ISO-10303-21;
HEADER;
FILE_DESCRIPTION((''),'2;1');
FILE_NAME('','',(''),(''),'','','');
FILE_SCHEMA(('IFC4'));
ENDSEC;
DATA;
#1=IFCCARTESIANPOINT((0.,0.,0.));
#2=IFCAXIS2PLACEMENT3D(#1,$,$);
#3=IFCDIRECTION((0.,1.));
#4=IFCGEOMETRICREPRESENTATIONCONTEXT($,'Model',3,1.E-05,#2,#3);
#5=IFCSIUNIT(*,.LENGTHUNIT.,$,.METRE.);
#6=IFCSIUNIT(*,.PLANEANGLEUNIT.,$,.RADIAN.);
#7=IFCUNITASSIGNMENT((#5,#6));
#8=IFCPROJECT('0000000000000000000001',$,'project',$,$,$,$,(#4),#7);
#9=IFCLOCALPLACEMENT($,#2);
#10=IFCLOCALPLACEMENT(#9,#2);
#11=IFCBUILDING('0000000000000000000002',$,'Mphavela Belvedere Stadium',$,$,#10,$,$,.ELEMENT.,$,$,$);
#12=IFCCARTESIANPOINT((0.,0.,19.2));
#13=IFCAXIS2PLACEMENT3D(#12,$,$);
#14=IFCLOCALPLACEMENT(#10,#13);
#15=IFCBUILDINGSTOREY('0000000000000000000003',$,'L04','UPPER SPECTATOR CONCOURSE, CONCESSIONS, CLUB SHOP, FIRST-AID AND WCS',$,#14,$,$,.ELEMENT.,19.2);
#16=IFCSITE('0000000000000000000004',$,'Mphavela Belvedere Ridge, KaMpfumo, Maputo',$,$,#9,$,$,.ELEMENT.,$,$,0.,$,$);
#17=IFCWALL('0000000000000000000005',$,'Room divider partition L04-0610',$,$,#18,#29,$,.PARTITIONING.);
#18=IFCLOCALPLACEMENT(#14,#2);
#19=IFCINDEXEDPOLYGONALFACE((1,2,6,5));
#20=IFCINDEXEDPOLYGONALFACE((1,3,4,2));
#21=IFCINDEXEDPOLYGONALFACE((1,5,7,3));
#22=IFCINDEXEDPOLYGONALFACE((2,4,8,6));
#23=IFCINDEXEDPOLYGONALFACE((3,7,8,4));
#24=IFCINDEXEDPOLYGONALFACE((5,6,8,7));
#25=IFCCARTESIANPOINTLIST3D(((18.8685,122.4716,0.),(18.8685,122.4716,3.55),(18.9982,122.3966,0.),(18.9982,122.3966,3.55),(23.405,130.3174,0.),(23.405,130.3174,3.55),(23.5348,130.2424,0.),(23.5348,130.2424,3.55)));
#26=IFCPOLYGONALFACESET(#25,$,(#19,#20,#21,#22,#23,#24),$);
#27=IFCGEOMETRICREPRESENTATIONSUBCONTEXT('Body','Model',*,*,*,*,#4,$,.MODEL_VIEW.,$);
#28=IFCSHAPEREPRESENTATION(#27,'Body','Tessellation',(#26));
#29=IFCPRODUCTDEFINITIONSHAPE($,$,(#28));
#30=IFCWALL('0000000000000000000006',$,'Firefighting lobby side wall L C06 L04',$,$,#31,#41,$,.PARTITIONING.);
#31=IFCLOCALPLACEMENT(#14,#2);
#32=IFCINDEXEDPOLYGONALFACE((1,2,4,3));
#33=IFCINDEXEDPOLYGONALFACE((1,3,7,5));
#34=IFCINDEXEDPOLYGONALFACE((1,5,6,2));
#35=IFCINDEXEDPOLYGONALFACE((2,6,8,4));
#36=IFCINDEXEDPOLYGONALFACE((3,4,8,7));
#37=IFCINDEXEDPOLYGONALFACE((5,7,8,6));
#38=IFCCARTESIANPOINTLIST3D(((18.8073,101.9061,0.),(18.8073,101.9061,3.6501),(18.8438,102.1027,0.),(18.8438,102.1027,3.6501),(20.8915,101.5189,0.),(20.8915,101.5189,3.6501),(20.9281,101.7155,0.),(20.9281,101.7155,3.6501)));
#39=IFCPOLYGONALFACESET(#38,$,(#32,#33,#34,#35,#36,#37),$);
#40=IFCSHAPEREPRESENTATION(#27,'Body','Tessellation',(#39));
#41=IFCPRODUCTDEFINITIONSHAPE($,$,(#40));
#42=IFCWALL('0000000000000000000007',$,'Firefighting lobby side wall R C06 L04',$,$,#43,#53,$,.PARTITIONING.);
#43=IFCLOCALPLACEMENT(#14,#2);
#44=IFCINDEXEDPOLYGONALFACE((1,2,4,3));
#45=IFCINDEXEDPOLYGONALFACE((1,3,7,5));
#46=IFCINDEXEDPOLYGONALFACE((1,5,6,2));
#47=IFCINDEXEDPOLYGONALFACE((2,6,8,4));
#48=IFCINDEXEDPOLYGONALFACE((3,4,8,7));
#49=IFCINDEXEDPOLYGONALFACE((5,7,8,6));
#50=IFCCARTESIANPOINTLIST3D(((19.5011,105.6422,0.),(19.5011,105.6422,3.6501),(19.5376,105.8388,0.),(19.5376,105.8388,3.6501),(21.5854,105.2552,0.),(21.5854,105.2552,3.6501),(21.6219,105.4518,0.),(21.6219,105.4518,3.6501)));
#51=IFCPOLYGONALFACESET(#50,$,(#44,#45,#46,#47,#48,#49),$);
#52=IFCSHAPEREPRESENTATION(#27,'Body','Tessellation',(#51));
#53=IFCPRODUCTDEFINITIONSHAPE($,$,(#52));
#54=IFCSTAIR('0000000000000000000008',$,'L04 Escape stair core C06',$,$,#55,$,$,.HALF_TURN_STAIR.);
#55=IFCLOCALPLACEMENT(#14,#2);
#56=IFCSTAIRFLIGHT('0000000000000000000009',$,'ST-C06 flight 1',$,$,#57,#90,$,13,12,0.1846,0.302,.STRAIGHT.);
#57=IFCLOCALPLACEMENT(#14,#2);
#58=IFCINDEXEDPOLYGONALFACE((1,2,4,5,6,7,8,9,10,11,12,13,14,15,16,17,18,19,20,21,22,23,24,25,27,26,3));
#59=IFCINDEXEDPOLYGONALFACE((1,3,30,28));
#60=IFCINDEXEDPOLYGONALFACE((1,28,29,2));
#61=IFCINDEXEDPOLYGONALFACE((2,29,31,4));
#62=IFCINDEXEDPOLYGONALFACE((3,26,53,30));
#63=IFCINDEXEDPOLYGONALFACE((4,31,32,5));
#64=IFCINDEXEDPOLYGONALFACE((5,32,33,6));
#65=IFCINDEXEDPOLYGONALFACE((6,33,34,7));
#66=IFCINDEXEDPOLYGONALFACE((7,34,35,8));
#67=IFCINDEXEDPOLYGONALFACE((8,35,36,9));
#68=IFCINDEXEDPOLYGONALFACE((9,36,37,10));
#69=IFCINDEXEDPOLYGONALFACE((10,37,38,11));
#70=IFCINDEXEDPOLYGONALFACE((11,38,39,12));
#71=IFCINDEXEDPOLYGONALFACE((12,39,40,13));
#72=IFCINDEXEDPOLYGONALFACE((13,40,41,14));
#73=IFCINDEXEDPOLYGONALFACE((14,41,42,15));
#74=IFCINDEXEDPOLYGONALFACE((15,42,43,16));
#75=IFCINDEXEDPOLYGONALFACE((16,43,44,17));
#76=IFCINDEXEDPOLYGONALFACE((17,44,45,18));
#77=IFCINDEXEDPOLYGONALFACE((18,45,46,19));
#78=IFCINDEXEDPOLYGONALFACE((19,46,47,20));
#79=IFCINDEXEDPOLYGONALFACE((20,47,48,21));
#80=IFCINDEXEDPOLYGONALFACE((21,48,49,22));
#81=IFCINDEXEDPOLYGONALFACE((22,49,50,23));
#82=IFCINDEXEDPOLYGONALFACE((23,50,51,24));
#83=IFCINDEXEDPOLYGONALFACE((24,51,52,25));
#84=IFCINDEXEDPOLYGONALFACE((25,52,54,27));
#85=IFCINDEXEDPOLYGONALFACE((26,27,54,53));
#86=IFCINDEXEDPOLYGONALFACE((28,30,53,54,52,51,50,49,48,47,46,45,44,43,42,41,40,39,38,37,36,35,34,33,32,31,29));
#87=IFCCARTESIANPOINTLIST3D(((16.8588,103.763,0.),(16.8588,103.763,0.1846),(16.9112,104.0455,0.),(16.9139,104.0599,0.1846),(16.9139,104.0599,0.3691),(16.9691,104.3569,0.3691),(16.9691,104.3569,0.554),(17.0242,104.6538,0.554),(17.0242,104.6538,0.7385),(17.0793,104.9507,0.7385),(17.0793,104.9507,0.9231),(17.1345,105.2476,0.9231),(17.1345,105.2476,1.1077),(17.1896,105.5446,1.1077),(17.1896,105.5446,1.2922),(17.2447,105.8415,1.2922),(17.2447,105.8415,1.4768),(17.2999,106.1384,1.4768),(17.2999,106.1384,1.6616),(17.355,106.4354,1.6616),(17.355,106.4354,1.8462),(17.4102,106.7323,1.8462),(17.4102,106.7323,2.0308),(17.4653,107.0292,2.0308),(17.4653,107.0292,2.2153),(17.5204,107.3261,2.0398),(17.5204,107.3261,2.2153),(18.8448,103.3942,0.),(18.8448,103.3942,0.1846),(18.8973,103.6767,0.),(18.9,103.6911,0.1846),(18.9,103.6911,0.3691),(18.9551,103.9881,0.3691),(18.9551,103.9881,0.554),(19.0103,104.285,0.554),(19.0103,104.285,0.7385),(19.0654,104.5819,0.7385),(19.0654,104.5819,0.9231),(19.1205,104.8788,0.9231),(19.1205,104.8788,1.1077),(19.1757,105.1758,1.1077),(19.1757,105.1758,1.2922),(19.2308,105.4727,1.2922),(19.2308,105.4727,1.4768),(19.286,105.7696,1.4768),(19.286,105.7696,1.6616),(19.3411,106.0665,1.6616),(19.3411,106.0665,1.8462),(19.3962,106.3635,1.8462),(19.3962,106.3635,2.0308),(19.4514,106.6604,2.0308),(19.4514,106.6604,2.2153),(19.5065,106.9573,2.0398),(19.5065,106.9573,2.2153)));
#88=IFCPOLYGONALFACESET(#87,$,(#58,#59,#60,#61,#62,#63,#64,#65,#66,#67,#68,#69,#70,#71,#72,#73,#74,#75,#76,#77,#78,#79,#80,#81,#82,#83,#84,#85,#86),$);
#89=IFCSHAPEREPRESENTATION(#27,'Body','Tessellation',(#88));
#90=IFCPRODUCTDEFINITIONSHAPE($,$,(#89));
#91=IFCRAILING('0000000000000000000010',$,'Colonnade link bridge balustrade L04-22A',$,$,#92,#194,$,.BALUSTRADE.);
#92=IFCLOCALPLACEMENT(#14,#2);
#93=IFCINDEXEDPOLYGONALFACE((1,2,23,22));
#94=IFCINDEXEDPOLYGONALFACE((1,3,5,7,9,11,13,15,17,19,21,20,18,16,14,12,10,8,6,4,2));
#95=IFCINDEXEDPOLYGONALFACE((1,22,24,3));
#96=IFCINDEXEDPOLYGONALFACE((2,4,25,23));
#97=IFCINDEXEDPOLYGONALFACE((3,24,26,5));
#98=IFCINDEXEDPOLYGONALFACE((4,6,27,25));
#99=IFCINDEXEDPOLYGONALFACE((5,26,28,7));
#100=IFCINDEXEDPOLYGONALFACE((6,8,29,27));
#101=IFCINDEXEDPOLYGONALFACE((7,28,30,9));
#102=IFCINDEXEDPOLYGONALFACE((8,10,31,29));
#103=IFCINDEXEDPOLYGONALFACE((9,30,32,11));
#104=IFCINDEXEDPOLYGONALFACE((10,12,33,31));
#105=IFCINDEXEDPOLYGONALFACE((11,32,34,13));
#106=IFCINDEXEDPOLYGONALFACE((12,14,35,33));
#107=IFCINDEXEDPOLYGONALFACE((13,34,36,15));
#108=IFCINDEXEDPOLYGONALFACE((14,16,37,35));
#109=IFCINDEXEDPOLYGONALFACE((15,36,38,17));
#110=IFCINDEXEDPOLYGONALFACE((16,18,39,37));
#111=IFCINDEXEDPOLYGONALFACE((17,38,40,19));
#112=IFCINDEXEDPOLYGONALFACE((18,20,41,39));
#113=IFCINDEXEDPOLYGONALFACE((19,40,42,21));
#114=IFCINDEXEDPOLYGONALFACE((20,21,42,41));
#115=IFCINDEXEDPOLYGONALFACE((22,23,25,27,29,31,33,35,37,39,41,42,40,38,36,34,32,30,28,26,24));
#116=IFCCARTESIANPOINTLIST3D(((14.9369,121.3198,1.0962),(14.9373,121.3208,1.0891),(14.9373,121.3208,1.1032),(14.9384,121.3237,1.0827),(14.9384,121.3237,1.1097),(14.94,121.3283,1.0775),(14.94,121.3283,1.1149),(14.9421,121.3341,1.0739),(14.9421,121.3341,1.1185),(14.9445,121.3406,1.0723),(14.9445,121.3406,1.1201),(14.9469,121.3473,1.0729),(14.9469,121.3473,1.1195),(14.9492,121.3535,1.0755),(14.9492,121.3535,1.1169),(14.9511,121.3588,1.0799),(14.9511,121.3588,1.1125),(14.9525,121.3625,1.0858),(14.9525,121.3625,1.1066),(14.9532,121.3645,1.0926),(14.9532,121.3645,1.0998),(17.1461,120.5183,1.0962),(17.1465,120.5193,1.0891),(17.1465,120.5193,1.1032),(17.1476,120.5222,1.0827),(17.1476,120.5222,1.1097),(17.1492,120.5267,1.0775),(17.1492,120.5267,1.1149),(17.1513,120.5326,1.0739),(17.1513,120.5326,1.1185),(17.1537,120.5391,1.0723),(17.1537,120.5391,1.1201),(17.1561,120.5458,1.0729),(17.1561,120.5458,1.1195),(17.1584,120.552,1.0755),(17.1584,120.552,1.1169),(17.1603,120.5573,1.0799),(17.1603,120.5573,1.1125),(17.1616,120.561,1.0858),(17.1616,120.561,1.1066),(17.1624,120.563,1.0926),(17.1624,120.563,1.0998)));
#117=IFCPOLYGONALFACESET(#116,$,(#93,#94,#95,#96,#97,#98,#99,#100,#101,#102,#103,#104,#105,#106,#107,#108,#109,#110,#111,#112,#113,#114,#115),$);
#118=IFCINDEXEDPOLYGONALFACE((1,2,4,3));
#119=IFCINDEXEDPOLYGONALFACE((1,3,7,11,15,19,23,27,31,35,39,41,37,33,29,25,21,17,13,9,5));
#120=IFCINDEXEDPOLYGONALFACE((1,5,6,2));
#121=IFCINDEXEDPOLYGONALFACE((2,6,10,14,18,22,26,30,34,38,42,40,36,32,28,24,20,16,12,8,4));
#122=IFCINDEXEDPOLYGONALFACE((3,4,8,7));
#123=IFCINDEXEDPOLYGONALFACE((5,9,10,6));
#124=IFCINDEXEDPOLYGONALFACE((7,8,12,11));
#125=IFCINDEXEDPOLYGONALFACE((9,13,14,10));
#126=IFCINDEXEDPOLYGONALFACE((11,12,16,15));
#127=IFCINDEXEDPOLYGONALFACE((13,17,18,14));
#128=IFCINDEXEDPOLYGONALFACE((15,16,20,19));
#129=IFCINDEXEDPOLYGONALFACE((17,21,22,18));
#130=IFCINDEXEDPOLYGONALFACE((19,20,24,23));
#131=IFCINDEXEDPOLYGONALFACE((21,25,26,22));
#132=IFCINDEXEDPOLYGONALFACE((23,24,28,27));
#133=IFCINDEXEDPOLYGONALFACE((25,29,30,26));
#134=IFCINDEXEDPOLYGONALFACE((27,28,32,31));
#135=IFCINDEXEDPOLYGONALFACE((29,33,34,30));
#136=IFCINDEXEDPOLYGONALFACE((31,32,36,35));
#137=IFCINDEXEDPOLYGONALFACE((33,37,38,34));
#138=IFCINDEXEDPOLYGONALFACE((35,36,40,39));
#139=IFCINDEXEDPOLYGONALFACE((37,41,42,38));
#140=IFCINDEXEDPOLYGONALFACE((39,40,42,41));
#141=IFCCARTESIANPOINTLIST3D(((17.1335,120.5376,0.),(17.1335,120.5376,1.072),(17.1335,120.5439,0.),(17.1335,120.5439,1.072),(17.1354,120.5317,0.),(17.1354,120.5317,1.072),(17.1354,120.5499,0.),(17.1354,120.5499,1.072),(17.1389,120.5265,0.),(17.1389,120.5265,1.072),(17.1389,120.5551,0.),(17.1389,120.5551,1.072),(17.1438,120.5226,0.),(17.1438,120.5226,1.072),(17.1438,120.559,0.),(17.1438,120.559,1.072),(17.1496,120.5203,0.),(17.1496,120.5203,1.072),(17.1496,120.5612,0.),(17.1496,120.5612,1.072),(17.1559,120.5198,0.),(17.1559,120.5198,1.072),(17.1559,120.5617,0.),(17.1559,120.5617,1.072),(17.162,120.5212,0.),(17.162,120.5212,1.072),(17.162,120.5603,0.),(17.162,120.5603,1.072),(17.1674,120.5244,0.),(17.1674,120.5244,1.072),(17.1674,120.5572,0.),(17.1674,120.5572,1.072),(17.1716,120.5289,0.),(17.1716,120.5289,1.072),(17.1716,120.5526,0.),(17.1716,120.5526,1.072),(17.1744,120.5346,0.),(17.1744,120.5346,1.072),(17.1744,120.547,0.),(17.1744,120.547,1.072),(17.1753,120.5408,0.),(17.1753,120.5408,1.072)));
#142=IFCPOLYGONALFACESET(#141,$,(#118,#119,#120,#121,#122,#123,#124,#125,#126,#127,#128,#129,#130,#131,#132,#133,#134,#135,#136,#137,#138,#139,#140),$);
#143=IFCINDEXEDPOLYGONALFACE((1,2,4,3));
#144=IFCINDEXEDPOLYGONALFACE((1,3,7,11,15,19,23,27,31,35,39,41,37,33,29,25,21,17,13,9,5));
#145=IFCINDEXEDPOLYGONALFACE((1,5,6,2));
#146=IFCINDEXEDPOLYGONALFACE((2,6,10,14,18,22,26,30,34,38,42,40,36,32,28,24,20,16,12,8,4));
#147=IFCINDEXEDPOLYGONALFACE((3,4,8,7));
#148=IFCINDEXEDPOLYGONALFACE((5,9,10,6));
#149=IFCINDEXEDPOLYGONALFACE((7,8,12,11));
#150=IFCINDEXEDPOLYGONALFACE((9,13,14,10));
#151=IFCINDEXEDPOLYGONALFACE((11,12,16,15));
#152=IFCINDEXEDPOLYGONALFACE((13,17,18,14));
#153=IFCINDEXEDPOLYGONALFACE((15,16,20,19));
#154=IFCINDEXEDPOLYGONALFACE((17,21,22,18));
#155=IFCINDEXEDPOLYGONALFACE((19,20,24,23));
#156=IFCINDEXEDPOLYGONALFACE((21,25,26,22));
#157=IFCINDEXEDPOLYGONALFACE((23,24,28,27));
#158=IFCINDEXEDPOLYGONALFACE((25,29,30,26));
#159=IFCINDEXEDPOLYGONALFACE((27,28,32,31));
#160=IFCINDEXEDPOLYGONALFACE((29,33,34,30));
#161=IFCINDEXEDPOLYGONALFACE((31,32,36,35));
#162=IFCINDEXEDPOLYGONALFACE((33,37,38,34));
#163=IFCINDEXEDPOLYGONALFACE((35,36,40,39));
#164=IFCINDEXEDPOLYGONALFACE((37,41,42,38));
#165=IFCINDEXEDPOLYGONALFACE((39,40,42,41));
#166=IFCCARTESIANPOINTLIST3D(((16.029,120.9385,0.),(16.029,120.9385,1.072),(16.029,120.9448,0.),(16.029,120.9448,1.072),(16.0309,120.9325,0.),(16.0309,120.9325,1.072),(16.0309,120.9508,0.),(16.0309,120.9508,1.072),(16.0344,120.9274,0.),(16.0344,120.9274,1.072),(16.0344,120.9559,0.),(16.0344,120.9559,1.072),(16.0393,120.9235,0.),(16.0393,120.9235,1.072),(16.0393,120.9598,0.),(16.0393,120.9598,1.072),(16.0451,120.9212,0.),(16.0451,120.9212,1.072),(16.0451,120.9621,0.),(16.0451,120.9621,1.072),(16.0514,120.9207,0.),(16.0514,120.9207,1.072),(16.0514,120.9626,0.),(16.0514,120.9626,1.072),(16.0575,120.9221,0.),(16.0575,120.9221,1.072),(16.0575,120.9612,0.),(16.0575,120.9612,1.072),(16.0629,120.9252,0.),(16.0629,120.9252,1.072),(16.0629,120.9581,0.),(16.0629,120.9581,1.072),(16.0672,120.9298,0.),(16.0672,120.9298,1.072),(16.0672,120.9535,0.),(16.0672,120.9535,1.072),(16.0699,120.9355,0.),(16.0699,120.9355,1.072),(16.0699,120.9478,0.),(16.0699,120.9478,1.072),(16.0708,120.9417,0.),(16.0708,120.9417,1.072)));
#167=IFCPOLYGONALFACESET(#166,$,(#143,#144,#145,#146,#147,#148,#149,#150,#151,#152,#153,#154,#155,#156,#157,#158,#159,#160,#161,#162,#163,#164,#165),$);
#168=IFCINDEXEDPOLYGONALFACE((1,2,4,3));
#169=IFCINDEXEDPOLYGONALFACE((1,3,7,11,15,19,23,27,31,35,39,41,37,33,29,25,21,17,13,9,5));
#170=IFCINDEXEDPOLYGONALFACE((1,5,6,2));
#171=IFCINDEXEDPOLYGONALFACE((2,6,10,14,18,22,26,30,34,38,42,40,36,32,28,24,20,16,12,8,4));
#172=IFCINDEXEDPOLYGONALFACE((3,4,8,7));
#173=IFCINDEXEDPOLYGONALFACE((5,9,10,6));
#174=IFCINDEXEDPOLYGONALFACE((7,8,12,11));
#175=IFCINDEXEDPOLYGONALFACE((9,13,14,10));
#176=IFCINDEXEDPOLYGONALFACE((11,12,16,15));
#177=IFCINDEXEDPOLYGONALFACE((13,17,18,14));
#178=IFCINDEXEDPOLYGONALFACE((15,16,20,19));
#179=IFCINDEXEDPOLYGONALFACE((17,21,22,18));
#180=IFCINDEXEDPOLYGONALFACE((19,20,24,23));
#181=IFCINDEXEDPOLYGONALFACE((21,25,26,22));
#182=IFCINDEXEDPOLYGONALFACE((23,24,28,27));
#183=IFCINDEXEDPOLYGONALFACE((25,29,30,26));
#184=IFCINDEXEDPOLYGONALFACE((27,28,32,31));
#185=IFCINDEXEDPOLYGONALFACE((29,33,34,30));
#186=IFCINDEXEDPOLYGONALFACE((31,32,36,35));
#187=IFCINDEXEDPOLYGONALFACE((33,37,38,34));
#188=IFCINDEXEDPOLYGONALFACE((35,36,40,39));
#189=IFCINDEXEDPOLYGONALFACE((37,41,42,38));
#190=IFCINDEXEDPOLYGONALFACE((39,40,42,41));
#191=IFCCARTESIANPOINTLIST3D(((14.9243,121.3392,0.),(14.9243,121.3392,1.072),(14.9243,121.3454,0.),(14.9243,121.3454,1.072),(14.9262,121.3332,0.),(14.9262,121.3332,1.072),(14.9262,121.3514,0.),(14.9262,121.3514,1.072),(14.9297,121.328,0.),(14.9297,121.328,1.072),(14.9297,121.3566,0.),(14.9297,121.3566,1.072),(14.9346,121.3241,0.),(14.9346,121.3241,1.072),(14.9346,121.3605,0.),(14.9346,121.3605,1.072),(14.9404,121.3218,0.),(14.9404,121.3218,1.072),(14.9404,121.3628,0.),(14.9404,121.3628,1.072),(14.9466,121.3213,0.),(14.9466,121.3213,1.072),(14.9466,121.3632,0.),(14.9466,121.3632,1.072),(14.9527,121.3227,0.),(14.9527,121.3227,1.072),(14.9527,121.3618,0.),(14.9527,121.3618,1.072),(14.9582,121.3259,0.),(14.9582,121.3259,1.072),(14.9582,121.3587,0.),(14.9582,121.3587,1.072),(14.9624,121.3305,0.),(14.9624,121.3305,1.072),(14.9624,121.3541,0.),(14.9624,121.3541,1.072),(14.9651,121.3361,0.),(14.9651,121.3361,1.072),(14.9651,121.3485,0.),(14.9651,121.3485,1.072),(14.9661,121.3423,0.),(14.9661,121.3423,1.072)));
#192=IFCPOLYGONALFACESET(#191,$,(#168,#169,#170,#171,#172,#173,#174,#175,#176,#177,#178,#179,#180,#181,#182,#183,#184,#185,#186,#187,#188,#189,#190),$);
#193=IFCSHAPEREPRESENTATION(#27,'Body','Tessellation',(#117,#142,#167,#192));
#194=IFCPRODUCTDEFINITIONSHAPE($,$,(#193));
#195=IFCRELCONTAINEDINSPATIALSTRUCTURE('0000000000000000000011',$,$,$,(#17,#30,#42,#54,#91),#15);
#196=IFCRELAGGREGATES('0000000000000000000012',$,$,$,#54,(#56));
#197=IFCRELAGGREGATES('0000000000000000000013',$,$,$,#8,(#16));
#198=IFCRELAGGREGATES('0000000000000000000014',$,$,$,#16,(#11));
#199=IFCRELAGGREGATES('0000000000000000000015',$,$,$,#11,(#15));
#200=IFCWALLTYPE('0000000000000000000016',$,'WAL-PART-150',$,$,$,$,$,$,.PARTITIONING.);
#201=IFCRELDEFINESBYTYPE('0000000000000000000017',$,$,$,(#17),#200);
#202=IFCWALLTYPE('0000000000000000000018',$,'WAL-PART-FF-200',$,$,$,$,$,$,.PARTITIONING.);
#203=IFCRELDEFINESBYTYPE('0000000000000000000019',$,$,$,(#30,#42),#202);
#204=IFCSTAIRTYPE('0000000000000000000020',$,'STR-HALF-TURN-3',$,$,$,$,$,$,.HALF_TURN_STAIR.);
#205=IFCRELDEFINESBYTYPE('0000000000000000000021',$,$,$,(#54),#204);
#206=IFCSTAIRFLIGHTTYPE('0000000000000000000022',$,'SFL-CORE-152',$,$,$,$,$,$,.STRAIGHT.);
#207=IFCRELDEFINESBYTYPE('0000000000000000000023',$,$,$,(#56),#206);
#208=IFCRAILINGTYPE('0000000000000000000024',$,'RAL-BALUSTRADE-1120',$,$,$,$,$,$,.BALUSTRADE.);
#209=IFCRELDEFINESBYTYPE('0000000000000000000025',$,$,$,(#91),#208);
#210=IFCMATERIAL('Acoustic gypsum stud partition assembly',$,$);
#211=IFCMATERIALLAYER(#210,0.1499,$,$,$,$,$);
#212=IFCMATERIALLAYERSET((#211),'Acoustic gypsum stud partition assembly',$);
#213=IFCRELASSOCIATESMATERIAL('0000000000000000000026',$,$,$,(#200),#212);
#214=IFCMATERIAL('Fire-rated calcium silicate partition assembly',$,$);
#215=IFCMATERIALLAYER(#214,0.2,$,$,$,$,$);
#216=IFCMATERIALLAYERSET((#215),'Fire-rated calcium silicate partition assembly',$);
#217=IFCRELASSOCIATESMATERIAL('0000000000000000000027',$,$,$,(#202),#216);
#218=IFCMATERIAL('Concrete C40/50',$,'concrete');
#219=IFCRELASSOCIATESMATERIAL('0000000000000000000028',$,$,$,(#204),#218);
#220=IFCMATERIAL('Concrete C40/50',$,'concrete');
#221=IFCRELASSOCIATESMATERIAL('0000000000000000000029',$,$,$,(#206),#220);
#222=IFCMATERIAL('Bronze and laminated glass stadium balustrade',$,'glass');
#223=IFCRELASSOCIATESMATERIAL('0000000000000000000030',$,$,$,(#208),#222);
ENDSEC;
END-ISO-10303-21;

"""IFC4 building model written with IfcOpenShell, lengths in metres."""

from ifc_helpers import new_model, si_unit, direction, frame, frame_2d, origin, origin_2d, place, context, subcontext, project, spatial, polyline, rectangle, circle, outline, extrude, material, layer, layer_set, type_object, element, aggregate, save


model = new_model("IFC4")

# Units and contexts
model_context = context("Model", 3, precision=1e-05, world=origin(), true_north=direction((0.0, 1.0)))
body_context = subcontext(model_context, "Body", "Model", "MODEL_VIEW")
ifc_project = project(units=[si_unit("LENGTHUNIT", "METRE"), si_unit("PLANEANGLEUNIT", "RADIAN")], contexts=[model_context])

# Site, building, storey
site_placement = place(None, origin())
site = spatial("IfcSite", under=ifc_project, at=site_placement, Name="Mphavela Belvedere Ridge, KaMpfumo, Maputo", CompositionType="ELEMENT", RefElevation=0.0)
building_placement = place(site_placement, origin())
building = spatial("IfcBuilding", under=site, at=building_placement, Name="Mphavela Belvedere Stadium", CompositionType="ELEMENT")
storey_placement = place(building_placement, frame((0.0, 0.0, 19.2)))
storey = spatial("IfcBuildingStorey", under=building, at=storey_placement, Name="L04", Description="UPPER SPECTATOR CONCOURSE, CONCESSIONS, CLUB SHOP, FIRST-AID AND WCS", CompositionType="ELEMENT", Elevation=19.2)

# Shared definitions
ifc_material_1 = material(Name="Acoustic gypsum stud partition assembly")
ifc_layer_1 = layer(ifc_material_1, 0.1499)
ifc_layer_set_1 = layer_set([ifc_layer_1], Name="Acoustic gypsum stud partition assembly")
wall_type_1 = type_object("IfcWallType", Name="WAL-PART-150", PredefinedType="PARTITIONING", material=ifc_layer_set_1)

# Walls
wall_1_placement = place(storey_placement, frame((18.9333, 122.4341, 0.0), z_axis=(0.0, 0.0, 1.0), x_axis=(0.500559, 0.865702, 0.0)))
element("IfcWall", 1, at=wall_1_placement, inside=storey, type_object=wall_type_1, Name="Room divider partition L04-0610", PredefinedType="PARTITIONING", context=body_context, shape_type="SweptSolid", body=[
    extrude(rectangle(XDim=9.063, YDim=0.1499, at=frame_2d((4.5315, 0.0))), origin(), (0.0, 0.0, 1.0), 3.55),
])
ifc_material_2 = material(Name="Fire-rated calcium silicate partition assembly")
ifc_layer_2 = layer(ifc_material_2, 0.2)
ifc_layer_set_2 = layer_set([ifc_layer_2], Name="Fire-rated calcium silicate partition assembly")
wall_type_2 = type_object("IfcWallType", Name="WAL-PART-FF-200", PredefinedType="PARTITIONING", material=ifc_layer_set_2)
for number, where, z_axis, x_axis, name in (
    (2, (20.9099, 101.6172, 0.0), (0.0, 0.0, 1.0), (-0.983177, 0.182654, 0.0), "Firefighting lobby side wall L C06 L04"),
    (3, (21.6038, 105.3535, 0.0), (0.0, 0.0, 1.0), (-0.983198, 0.182543, 0.0), "Firefighting lobby side wall R C06 L04"),
):
    element("IfcWall", number, at=place(storey_placement, frame(where, z_axis=z_axis, x_axis=x_axis)), inside=storey, type_object=wall_type_2, Name=name, PredefinedType="PARTITIONING", context=body_context, shape_type="SweptSolid", body=[
        extrude(rectangle(XDim=2.1199, YDim=0.2, at=frame_2d((1.0601, 0.0))), origin(), (0.0, 0.0, 1.0), 3.6501),
    ])

# Stair, stair flight
ifc_material_3 = material(Name="Concrete C40/50", Category="concrete")
stair_type = type_object("IfcStairType", Name="STR-HALF-TURN-3", PredefinedType="HALF_TURN_STAIR", material=ifc_material_3)
stair_placement = place(storey_placement, origin())
stair = element("IfcStair", 4, at=stair_placement, inside=storey, type_object=stair_type, Name="L04 Escape stair core C06", PredefinedType="HALF_TURN_STAIR")
ifc_material_4 = material(Name="Concrete C40/50", Category="concrete")
stair_flight_type = type_object("IfcStairFlightType", Name="SFL-CORE-152", PredefinedType="STRAIGHT", material=ifc_material_4)
stair_flight_placement = place(storey_placement, frame((17.8518, 103.5786, 0.0), z_axis=(0.0, 0.0, 1.0), x_axis=(0.182579, 0.983191, 0.0)))
stair_flight = element("IfcStairFlight", 5, at=stair_flight_placement, type_object=stair_flight_type, Name="ST-C06 flight 1", NumberOfRisers=13, NumberOfTreads=12, PredefinedType="STRAIGHT", RiserHeight=0.1846, TreadLength=0.302, context=body_context, shape_type="SweptSolid", body=[
    extrude(outline(polyline([(0.0, 0.0), (0.0, 0.1846), (0.302, 0.1846), (0.302, 0.3691), (0.604, 0.3691), (0.604, 0.554), (0.906, 0.554), (0.906, 0.7385), (1.208, 0.7385), (1.208, 0.9231), (1.51, 0.9231), (1.51, 1.1077), (1.812, 1.1077), (1.812, 1.2922), (2.114, 1.2922), (2.114, 1.4768), (2.416, 1.4768), (2.416, 1.6616), (2.718, 1.6616), (2.718, 1.8462), (3.02, 1.8462), (3.02, 2.0308), (3.322, 2.0308), (3.322, 2.2153), (3.624, 2.2153), (3.624, 2.3999), (3.624, 2.0398), (0.2874, 0.0), (0.0, 0.0)])), frame((0.0, 1.01, 0.0), z_axis=(0.0, -1.0, 0.0), x_axis=(1.0, 0.0, 0.0)), (0.0, 0.0, 1.0), 2.02),
])
aggregate(stair, [stair_flight])

# Railing
ifc_material_5 = material(Name="Bronze and laminated glass stadium balustrade", Category="glass")
railing_type_1 = type_object("IfcRailingType", Name="RAL-BALUSTRADE-1120", PredefinedType="BALUSTRADE", material=ifc_material_5)
railing_1_placement = place(storey_placement, frame((17.1543, 120.5408, 0.0)))
element("IfcRailing", 6, at=railing_1_placement, inside=storey, type_object=railing_type_1, Name="Colonnade link bridge balustrade L04-22A", PredefinedType="BALUSTRADE", context=body_context, shape_type="SweptSolid", body=[
    extrude(circle(Radius=0.0239, at=origin_2d()), frame((0.0, 0.0, 1.0962), z_axis=(-0.940045, 0.341051, 0.0), x_axis=(-0.341051, -0.940045, 0.0)), (0.0, 0.0, 1.0), 2.3501),
    extrude(circle(Radius=0.021, at=origin_2d()), origin(), (0.0, 0.0, 1.0), 1.072),
    extrude(circle(Radius=0.021, at=origin_2d()), frame((-1.1045, 0.4009, 0.0)), (0.0, 0.0, 1.0), 1.072),
    extrude(circle(Radius=0.021, at=origin_2d()), frame((-2.2092, 0.8015, 0.0)), (0.0, 0.0, 1.0), 1.072),
])

save(model, "model.ifc")
